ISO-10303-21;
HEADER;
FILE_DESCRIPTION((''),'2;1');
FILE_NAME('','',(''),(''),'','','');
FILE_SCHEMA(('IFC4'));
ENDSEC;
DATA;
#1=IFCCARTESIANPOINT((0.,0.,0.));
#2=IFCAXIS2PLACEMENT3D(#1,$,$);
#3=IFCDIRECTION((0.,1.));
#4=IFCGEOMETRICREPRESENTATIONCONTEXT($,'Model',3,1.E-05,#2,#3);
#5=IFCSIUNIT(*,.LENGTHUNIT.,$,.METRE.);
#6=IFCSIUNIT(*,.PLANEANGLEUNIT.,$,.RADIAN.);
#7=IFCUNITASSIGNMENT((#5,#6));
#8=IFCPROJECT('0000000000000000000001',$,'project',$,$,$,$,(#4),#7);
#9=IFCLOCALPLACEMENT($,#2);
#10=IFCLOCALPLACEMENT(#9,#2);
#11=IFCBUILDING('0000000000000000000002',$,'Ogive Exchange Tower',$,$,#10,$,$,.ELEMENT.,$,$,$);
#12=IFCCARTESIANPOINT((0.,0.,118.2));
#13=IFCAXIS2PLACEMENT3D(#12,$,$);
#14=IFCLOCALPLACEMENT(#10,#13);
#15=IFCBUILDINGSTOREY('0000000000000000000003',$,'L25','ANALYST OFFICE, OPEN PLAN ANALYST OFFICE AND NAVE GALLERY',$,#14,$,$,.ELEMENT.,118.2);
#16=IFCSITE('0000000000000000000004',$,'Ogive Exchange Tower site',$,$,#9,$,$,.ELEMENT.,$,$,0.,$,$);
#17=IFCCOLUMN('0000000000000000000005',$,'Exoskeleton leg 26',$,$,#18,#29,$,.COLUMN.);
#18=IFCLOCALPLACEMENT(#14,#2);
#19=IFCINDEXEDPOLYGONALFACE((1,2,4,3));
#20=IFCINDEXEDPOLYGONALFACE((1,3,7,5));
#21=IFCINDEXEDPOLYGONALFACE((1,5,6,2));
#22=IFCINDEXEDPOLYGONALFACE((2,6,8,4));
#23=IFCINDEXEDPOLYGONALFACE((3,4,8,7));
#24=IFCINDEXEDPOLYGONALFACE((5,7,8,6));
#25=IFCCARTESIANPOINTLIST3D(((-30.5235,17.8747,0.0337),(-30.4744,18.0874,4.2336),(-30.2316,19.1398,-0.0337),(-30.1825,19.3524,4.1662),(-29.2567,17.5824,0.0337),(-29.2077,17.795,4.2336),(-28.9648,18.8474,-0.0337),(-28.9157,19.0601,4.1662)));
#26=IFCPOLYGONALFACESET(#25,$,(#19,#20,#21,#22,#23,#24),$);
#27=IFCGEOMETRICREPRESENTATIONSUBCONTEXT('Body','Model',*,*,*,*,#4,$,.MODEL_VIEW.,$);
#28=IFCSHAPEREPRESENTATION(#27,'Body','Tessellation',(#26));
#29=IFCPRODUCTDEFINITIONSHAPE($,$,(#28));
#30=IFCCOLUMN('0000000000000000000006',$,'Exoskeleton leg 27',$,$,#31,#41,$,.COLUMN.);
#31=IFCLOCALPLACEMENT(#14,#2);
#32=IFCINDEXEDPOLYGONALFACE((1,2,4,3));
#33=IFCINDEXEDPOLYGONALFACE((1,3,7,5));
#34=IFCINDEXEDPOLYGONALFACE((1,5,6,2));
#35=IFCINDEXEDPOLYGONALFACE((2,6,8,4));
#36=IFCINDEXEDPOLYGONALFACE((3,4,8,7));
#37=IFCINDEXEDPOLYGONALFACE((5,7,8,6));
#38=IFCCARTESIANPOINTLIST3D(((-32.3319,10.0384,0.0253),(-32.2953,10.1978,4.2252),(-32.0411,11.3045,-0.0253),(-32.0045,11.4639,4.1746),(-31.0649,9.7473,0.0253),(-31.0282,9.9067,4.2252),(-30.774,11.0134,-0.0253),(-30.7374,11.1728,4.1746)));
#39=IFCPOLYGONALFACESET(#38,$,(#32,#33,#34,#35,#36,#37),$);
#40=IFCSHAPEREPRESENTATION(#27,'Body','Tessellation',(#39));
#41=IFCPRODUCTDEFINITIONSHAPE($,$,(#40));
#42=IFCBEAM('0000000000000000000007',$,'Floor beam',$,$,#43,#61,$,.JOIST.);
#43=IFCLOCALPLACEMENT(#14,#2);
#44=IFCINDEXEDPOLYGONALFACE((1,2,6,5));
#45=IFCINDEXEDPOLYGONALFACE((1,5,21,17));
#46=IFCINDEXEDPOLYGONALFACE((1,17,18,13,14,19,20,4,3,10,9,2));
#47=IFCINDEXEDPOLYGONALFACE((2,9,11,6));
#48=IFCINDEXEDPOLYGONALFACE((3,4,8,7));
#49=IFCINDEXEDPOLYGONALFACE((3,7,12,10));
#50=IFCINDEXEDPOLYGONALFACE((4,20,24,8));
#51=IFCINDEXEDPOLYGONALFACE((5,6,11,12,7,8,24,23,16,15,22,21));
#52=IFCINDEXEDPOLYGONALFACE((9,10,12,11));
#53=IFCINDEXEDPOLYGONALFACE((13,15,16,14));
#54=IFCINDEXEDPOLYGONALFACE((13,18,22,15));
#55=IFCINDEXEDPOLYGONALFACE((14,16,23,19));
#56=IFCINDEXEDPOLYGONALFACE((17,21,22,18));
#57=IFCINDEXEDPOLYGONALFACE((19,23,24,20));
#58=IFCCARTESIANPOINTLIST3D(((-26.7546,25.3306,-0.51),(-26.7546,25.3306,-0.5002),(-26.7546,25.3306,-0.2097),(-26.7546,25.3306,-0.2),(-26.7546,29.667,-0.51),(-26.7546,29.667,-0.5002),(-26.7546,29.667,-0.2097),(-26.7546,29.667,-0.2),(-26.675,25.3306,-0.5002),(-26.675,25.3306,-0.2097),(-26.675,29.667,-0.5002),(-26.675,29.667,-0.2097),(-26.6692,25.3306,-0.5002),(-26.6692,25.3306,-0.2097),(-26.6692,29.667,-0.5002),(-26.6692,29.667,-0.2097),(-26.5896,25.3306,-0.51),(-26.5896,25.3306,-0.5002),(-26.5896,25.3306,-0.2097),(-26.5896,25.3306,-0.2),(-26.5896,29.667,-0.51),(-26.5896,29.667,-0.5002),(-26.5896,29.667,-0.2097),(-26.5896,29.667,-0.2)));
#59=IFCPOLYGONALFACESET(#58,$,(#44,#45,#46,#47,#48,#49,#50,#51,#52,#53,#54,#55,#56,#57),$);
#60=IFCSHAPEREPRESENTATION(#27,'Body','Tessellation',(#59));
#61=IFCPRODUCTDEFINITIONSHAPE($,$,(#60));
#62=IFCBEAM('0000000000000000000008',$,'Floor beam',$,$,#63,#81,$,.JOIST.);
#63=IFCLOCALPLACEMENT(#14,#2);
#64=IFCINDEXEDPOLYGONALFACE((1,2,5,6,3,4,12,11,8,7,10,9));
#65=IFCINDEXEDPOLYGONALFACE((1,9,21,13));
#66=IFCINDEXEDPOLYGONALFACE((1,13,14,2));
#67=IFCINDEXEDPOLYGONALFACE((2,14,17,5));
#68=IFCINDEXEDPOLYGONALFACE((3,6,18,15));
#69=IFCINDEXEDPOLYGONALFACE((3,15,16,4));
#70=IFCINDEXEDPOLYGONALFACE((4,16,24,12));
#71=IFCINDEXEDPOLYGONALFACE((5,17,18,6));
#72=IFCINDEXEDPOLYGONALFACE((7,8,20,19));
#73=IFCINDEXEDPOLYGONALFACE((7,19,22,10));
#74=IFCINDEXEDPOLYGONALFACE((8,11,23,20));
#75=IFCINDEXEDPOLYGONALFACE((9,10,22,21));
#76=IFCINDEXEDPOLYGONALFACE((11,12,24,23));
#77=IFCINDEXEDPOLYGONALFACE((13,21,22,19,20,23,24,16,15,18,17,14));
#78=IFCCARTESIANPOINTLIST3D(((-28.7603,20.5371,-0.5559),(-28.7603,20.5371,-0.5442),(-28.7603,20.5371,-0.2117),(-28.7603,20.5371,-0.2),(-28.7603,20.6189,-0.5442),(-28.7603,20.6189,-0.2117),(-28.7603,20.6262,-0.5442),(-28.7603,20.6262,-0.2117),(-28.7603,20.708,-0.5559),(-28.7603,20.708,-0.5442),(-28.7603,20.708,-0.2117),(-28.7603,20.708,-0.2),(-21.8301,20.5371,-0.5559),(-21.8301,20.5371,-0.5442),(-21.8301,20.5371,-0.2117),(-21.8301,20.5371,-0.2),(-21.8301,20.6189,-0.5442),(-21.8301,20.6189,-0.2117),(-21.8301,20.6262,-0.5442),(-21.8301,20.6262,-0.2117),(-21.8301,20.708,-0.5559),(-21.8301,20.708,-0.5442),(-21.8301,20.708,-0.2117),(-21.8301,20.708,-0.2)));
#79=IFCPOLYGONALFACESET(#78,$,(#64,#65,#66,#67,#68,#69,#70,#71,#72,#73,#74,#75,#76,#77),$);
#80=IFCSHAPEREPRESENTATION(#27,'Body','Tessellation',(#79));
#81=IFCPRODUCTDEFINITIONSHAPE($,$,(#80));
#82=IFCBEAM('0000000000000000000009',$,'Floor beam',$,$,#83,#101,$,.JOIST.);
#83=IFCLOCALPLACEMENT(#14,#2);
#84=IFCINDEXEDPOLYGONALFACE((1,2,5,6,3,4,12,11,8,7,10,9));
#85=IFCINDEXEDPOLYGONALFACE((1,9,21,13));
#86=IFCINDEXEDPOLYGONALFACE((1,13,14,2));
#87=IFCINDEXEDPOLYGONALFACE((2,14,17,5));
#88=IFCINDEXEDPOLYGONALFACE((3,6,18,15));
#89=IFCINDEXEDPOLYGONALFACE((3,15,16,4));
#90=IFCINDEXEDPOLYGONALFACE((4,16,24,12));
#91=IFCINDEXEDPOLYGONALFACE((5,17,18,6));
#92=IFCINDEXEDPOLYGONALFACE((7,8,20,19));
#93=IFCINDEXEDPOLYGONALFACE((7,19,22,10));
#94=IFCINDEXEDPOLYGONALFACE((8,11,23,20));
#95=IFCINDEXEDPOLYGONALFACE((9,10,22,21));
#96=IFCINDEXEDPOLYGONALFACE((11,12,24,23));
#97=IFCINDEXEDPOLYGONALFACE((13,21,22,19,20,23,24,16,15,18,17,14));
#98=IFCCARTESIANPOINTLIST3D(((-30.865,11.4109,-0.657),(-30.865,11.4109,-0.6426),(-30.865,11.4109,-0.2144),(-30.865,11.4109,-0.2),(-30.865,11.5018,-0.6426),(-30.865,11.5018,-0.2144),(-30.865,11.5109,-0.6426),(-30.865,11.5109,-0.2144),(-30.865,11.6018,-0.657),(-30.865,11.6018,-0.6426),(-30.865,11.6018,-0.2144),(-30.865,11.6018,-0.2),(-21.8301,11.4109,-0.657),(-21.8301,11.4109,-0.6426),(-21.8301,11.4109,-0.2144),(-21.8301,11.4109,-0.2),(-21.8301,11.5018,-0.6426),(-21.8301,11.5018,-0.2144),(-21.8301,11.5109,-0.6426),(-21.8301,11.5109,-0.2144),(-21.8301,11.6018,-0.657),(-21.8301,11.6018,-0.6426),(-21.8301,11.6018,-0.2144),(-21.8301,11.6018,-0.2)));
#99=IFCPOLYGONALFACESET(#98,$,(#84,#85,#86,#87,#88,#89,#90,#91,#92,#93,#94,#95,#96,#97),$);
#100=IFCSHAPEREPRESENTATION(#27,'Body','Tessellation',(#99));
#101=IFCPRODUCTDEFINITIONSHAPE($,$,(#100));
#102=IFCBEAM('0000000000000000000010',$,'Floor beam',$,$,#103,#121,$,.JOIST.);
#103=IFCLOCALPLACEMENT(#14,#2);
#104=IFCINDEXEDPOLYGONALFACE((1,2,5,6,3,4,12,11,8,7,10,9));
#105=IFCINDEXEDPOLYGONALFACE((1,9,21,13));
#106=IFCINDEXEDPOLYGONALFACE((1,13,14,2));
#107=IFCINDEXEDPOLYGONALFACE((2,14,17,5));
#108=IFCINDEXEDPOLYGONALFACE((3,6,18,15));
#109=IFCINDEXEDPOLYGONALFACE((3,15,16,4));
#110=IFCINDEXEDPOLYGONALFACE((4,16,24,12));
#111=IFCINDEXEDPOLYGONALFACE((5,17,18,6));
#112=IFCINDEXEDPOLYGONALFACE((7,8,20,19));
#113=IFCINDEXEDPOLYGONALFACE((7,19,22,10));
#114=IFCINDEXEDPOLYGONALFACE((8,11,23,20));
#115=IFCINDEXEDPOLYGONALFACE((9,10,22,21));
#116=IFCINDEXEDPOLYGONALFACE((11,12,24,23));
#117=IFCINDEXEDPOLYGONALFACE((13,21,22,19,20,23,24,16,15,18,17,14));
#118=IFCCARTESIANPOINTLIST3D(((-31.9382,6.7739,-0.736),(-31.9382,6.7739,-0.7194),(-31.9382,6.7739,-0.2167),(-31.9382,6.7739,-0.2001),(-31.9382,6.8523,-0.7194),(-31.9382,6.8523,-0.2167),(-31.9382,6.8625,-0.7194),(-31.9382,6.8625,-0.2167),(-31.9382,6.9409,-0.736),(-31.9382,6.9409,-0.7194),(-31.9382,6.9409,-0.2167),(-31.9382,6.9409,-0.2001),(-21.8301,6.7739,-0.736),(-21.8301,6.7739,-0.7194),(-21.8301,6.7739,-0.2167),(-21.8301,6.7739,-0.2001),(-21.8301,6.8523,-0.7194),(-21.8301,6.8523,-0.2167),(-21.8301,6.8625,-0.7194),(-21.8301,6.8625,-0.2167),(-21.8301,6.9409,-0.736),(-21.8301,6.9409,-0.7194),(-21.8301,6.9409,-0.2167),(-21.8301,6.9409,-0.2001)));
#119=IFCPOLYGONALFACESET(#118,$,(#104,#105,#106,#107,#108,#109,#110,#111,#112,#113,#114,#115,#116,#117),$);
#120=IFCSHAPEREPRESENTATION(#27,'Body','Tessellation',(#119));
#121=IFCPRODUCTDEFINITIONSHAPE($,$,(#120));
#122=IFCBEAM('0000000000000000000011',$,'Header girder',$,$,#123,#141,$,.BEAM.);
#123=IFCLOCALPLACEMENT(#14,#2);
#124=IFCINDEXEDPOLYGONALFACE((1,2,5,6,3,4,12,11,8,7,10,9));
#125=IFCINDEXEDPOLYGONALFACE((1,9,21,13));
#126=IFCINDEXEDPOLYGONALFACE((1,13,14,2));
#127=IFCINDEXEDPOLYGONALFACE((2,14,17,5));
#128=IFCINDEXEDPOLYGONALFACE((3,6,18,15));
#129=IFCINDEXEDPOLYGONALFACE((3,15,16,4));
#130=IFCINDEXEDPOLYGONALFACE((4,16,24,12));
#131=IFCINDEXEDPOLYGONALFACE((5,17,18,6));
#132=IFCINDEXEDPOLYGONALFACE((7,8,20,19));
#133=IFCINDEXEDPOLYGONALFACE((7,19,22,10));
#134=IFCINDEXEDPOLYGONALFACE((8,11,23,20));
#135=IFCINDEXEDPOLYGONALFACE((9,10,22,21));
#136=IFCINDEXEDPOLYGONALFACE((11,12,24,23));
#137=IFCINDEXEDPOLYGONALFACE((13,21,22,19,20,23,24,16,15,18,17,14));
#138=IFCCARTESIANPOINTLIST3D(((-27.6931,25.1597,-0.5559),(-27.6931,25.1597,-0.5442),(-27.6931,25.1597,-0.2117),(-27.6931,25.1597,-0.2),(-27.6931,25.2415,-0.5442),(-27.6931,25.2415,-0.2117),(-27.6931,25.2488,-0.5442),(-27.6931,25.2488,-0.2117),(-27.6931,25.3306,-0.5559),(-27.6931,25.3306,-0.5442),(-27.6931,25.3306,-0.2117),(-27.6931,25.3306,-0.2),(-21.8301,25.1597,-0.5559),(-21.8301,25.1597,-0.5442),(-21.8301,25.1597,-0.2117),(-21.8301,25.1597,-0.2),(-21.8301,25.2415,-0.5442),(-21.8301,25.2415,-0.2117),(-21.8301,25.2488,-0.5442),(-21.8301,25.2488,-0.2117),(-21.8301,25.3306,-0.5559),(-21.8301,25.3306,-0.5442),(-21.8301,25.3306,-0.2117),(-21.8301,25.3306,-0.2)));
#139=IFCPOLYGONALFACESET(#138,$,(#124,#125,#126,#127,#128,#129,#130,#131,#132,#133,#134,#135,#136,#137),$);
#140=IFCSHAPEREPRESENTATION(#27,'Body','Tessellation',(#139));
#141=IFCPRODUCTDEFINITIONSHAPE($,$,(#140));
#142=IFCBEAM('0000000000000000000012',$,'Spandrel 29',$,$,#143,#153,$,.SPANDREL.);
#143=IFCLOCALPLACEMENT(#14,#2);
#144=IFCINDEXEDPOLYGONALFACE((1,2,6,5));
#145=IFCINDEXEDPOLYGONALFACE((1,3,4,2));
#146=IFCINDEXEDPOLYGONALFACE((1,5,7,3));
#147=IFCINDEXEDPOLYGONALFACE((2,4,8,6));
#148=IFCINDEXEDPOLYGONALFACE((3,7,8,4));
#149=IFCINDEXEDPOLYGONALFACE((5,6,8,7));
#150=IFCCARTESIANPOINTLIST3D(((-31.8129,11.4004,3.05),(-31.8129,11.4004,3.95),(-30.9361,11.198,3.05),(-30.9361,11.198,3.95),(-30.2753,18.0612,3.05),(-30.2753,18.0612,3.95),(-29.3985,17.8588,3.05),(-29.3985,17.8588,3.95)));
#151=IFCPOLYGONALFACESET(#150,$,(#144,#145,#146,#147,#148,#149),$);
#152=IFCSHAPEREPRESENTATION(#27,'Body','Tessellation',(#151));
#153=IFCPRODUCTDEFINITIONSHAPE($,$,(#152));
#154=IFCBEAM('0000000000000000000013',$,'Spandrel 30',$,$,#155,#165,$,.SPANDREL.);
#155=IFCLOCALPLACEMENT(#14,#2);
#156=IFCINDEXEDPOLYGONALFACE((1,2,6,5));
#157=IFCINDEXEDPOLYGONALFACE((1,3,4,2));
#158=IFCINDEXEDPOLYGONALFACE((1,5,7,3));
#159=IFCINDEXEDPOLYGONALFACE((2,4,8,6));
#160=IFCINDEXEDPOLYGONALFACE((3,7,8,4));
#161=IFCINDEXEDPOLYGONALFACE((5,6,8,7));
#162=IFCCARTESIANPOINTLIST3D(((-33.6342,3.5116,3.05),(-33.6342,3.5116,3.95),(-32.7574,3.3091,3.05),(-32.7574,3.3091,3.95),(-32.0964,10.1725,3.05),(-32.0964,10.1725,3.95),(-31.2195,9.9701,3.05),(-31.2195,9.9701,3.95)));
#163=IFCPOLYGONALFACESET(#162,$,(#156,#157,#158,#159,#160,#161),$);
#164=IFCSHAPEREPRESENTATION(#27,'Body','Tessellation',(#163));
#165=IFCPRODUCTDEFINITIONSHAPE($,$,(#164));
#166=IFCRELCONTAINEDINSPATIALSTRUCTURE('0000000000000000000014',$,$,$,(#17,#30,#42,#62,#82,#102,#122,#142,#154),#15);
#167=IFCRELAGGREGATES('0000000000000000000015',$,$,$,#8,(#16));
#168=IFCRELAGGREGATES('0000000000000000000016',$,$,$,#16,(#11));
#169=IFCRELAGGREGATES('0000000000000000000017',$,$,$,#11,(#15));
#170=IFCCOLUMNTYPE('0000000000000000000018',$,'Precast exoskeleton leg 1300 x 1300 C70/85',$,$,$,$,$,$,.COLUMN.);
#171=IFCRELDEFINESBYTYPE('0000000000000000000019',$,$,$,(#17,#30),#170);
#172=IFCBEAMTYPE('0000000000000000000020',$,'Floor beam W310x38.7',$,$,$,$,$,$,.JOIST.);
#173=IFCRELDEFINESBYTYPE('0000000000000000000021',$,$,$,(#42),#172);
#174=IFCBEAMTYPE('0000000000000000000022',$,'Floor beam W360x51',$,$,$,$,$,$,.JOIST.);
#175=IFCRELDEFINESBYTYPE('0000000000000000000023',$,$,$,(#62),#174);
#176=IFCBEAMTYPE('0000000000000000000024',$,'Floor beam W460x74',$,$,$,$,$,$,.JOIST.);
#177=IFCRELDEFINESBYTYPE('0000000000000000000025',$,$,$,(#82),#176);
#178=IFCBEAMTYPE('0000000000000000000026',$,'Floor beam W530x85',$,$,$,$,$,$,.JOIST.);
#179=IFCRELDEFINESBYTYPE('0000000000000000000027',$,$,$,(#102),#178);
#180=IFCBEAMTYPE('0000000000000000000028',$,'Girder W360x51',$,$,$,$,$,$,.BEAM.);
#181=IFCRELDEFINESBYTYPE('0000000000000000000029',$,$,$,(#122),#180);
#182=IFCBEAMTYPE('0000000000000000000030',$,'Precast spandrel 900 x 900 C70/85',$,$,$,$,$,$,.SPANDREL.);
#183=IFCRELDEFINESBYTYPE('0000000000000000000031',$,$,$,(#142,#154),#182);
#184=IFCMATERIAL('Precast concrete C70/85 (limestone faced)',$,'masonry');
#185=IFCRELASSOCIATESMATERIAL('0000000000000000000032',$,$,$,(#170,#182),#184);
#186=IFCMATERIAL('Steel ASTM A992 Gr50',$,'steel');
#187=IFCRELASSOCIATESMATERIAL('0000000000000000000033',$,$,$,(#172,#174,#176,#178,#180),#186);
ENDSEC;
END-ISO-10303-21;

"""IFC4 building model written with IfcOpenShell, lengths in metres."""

from ifc_helpers import new_model, si_unit, direction, frame, origin, origin_2d, place, context, subcontext, project, spatial, rectangle, i_section, extrude, material, material_profile, profile_set, type_object, element, save


model = new_model("IFC4")

# Units and contexts
model_context = context("Model", 3, precision=1e-05, world=origin(), true_north=direction((0.0, 1.0)))
body_context = subcontext(model_context, "Body", "Model", "MODEL_VIEW")
ifc_project = project(units=[si_unit("LENGTHUNIT", "METRE"), si_unit("PLANEANGLEUNIT", "RADIAN")], contexts=[model_context])

# Site, building, storey
site_placement = place(None, origin())
site = spatial("IfcSite", under=ifc_project, at=site_placement, Name="Ogive Exchange Tower site", CompositionType="ELEMENT", RefElevation=0.0)
building_placement = place(site_placement, origin())
building = spatial("IfcBuilding", under=site, at=building_placement, Name="Ogive Exchange Tower", CompositionType="ELEMENT")
storey_placement = place(building_placement, frame((0.0, 0.0, 118.2)))
storey = spatial("IfcBuildingStorey", under=building, at=storey_placement, Name="L25", Description="ANALYST OFFICE, OPEN PLAN ANALYST OFFICE AND NAVE GALLERY", CompositionType="ELEMENT", Elevation=118.2)

# Columns
ifc_material_1 = material(Name="Precast concrete C70/85 (limestone faced)", Category="masonry")
ifc_material_profile_1 = material_profile(ifc_material_1, rectangle(XDim=1.3, YDim=1.3, at=origin_2d()), Name="1300 x 1300")
ifc_profile_set_1 = profile_set([ifc_material_profile_1], Name="Precast concrete C70/85 (limestone faced)")
column_type = type_object("IfcColumnType", Name="Precast exoskeleton leg 1300 x 1300 C70/85", PredefinedType="COLUMN", material=ifc_profile_set_1)
column_1_placement = place(storey_placement, frame((-29.7441, 18.3611, 0.0), z_axis=(0.011668, 0.050562, 0.998653), x_axis=(-0.974391, 0.22486, 0.0)))
element("IfcColumn", 1, at=column_1_placement, inside=storey, type_object=column_type, Name="Exoskeleton leg 26", PredefinedType="COLUMN", context=body_context, shape_type="SweptSolid", body=[
    extrude(rectangle(XDim=1.3, YDim=1.3, at=origin_2d()), origin(), (0.0, 0.0, 1.0), 4.2056),
])
column_2_placement = place(storey_placement, frame((-31.553, 10.5259, 0.0), z_axis=(0.008713, 0.03793, 0.999242), x_axis=(-0.974617, 0.223878, 0.0)))
element("IfcColumn", 2, at=column_2_placement, inside=storey, type_object=column_type, Name="Exoskeleton leg 27", PredefinedType="COLUMN", context=body_context, shape_type="SweptSolid", body=[
    extrude(rectangle(XDim=1.3, YDim=1.3, at=origin_2d()), origin(), (0.0, 0.0, 1.0), 4.2031),
])

# Beams
ifc_material_2 = material(Name="Steel ASTM A992 Gr50", Category="steel")
ifc_material_profile_2 = material_profile(ifc_material_2, i_section(OverallWidth=0.165, OverallDepth=0.3101, WebThickness=0.0059, FlangeThickness=0.0098, at=origin_2d()), Name="W310x38.7")
ifc_profile_set_2 = profile_set([ifc_material_profile_2], Name="Steel ASTM A992 Gr50")
beam_type_1 = type_object("IfcBeamType", Name="Floor beam W310x38.7", PredefinedType="JOIST", material=ifc_profile_set_2)
beam_1_placement = place(storey_placement, frame((-26.6721, 25.3306, -0.355), z_axis=(0.0, 1.0, 0.0), x_axis=(-1.0, 0.0, 0.0)))
element("IfcBeam", 3, at=beam_1_placement, inside=storey, type_object=beam_type_1, Name="Floor beam", PredefinedType="JOIST", context=body_context, shape_type="SweptSolid", body=[
    extrude(i_section(OverallWidth=0.165, OverallDepth=0.3101, WebThickness=0.0059, FlangeThickness=0.0098, at=origin_2d()), origin(), (0.0, 0.0, 1.0), 4.3364),
])
ifc_material_profile_3 = material_profile(ifc_material_2, i_section(OverallWidth=0.1709, OverallDepth=0.356, WebThickness=0.0073, FlangeThickness=0.0117, at=origin_2d()), Name="W360x51")
ifc_profile_set_3 = profile_set([ifc_material_profile_3], Name="Steel ASTM A992 Gr50")
beam_type_2 = type_object("IfcBeamType", Name="Floor beam W360x51", PredefinedType="JOIST", material=ifc_profile_set_3)
beam_2_placement = place(storey_placement, frame((-28.7603, 20.6226, -0.3779), z_axis=(1.0, 0.0, 0.0), x_axis=(0.0, 1.0, 0.0)))
element("IfcBeam", 4, at=beam_2_placement, inside=storey, type_object=beam_type_2, Name="Floor beam", PredefinedType="JOIST", context=body_context, shape_type="SweptSolid", body=[
    extrude(i_section(OverallWidth=0.1709, OverallDepth=0.356, WebThickness=0.0073, FlangeThickness=0.0117, at=origin_2d()), origin(), (0.0, 0.0, 1.0), 6.9302),
])
ifc_material_profile_4 = material_profile(ifc_material_2, i_section(OverallWidth=0.1909, OverallDepth=0.457, WebThickness=0.009, FlangeThickness=0.0144, at=origin_2d()), Name="W460x74")
ifc_profile_set_4 = profile_set([ifc_material_profile_4], Name="Steel ASTM A992 Gr50")
beam_type_3 = type_object("IfcBeamType", Name="Floor beam W460x74", PredefinedType="JOIST", material=ifc_profile_set_4)
beam_3_placement = place(storey_placement, frame((-30.865, 11.5063, -0.4285), z_axis=(1.0, 0.0, 0.0), x_axis=(0.0, 1.0, 0.0)))
element("IfcBeam", 5, at=beam_3_placement, inside=storey, type_object=beam_type_3, Name="Floor beam", PredefinedType="JOIST", context=body_context, shape_type="SweptSolid", body=[
    extrude(i_section(OverallWidth=0.1909, OverallDepth=0.457, WebThickness=0.009, FlangeThickness=0.0144, at=origin_2d()), origin(), (0.0, 0.0, 1.0), 9.0349),
])
ifc_material_profile_5 = material_profile(ifc_material_2, i_section(OverallWidth=0.167, OverallDepth=0.5359, WebThickness=0.0103, FlangeThickness=0.0166, at=origin_2d()), Name="W530x85")
ifc_profile_set_5 = profile_set([ifc_material_profile_5], Name="Steel ASTM A992 Gr50")
beam_type_4 = type_object("IfcBeamType", Name="Floor beam W530x85", PredefinedType="JOIST", material=ifc_profile_set_5)
beam_4_placement = place(storey_placement, frame((-31.9382, 6.8574, -0.468), z_axis=(1.0, 0.0, 0.0), x_axis=(0.0, 1.0, 0.0)))
element("IfcBeam", 6, at=beam_4_placement, inside=storey, type_object=beam_type_4, Name="Floor beam", PredefinedType="JOIST", context=body_context, shape_type="SweptSolid", body=[
    extrude(i_section(OverallWidth=0.167, OverallDepth=0.5359, WebThickness=0.0103, FlangeThickness=0.0166, at=origin_2d()), origin(), (0.0, 0.0, 1.0), 10.1082),
])
ifc_material_profile_6 = material_profile(ifc_material_2, i_section(OverallWidth=0.1709, OverallDepth=0.356, WebThickness=0.0073, FlangeThickness=0.0117, at=origin_2d()), Name="W360x51")
ifc_profile_set_6 = profile_set([ifc_material_profile_6], Name="Steel ASTM A992 Gr50")
beam_type_5 = type_object("IfcBeamType", Name="Girder W360x51", PredefinedType="BEAM", material=ifc_profile_set_6)
beam_5_placement = place(storey_placement, frame((-27.6931, 25.2451, -0.3779), z_axis=(1.0, 0.0, 0.0), x_axis=(0.0, 1.0, 0.0)))
element("IfcBeam", 7, at=beam_5_placement, inside=storey, type_object=beam_type_5, Name="Header girder", PredefinedType="BEAM", context=body_context, shape_type="SweptSolid", body=[
    extrude(i_section(OverallWidth=0.1709, OverallDepth=0.356, WebThickness=0.0073, FlangeThickness=0.0117, at=origin_2d()), origin(), (0.0, 0.0, 1.0), 5.863),
])
ifc_material_profile_7 = material_profile(ifc_material_1, rectangle(XDim=0.8999, YDim=0.8999, at=origin_2d()), Name="900 x 900")
ifc_profile_set_7 = profile_set([ifc_material_profile_7], Name="Precast concrete C70/85 (limestone faced)")
beam_type_6 = type_object("IfcBeamType", Name="Precast spandrel 900 x 900 C70/85", PredefinedType="SPANDREL", material=ifc_profile_set_7)
beam_6_placement = place(storey_placement, frame((-29.8369, 17.96, 3.5), z_axis=(-0.224925, -0.974376, 0.0), x_axis=(0.974376, -0.224925, 0.0)))
element("IfcBeam", 8, at=beam_6_placement, inside=storey, type_object=beam_type_6, Name="Spandrel 29", PredefinedType="SPANDREL", context=body_context, shape_type="SweptSolid", body=[
    extrude(rectangle(XDim=0.8999, YDim=0.8999, at=origin_2d()), origin(), (0.0, 0.0, 1.0), 6.8359),
])
beam_7_placement = place(storey_placement, frame((-31.658, 10.0713, 3.5), z_axis=(-0.224959, -0.974368, 0.0), x_axis=(0.974368, -0.224959, 0.0)))
element("IfcBeam", 9, at=beam_7_placement, inside=storey, type_object=beam_type_6, Name="Spandrel 30", PredefinedType="SPANDREL", context=body_context, shape_type="SweptSolid", body=[
    extrude(rectangle(XDim=0.8999, YDim=0.8999, at=origin_2d()), origin(), (0.0, 0.0, 1.0), 6.8362),
])

save(model, "model.ifc")
